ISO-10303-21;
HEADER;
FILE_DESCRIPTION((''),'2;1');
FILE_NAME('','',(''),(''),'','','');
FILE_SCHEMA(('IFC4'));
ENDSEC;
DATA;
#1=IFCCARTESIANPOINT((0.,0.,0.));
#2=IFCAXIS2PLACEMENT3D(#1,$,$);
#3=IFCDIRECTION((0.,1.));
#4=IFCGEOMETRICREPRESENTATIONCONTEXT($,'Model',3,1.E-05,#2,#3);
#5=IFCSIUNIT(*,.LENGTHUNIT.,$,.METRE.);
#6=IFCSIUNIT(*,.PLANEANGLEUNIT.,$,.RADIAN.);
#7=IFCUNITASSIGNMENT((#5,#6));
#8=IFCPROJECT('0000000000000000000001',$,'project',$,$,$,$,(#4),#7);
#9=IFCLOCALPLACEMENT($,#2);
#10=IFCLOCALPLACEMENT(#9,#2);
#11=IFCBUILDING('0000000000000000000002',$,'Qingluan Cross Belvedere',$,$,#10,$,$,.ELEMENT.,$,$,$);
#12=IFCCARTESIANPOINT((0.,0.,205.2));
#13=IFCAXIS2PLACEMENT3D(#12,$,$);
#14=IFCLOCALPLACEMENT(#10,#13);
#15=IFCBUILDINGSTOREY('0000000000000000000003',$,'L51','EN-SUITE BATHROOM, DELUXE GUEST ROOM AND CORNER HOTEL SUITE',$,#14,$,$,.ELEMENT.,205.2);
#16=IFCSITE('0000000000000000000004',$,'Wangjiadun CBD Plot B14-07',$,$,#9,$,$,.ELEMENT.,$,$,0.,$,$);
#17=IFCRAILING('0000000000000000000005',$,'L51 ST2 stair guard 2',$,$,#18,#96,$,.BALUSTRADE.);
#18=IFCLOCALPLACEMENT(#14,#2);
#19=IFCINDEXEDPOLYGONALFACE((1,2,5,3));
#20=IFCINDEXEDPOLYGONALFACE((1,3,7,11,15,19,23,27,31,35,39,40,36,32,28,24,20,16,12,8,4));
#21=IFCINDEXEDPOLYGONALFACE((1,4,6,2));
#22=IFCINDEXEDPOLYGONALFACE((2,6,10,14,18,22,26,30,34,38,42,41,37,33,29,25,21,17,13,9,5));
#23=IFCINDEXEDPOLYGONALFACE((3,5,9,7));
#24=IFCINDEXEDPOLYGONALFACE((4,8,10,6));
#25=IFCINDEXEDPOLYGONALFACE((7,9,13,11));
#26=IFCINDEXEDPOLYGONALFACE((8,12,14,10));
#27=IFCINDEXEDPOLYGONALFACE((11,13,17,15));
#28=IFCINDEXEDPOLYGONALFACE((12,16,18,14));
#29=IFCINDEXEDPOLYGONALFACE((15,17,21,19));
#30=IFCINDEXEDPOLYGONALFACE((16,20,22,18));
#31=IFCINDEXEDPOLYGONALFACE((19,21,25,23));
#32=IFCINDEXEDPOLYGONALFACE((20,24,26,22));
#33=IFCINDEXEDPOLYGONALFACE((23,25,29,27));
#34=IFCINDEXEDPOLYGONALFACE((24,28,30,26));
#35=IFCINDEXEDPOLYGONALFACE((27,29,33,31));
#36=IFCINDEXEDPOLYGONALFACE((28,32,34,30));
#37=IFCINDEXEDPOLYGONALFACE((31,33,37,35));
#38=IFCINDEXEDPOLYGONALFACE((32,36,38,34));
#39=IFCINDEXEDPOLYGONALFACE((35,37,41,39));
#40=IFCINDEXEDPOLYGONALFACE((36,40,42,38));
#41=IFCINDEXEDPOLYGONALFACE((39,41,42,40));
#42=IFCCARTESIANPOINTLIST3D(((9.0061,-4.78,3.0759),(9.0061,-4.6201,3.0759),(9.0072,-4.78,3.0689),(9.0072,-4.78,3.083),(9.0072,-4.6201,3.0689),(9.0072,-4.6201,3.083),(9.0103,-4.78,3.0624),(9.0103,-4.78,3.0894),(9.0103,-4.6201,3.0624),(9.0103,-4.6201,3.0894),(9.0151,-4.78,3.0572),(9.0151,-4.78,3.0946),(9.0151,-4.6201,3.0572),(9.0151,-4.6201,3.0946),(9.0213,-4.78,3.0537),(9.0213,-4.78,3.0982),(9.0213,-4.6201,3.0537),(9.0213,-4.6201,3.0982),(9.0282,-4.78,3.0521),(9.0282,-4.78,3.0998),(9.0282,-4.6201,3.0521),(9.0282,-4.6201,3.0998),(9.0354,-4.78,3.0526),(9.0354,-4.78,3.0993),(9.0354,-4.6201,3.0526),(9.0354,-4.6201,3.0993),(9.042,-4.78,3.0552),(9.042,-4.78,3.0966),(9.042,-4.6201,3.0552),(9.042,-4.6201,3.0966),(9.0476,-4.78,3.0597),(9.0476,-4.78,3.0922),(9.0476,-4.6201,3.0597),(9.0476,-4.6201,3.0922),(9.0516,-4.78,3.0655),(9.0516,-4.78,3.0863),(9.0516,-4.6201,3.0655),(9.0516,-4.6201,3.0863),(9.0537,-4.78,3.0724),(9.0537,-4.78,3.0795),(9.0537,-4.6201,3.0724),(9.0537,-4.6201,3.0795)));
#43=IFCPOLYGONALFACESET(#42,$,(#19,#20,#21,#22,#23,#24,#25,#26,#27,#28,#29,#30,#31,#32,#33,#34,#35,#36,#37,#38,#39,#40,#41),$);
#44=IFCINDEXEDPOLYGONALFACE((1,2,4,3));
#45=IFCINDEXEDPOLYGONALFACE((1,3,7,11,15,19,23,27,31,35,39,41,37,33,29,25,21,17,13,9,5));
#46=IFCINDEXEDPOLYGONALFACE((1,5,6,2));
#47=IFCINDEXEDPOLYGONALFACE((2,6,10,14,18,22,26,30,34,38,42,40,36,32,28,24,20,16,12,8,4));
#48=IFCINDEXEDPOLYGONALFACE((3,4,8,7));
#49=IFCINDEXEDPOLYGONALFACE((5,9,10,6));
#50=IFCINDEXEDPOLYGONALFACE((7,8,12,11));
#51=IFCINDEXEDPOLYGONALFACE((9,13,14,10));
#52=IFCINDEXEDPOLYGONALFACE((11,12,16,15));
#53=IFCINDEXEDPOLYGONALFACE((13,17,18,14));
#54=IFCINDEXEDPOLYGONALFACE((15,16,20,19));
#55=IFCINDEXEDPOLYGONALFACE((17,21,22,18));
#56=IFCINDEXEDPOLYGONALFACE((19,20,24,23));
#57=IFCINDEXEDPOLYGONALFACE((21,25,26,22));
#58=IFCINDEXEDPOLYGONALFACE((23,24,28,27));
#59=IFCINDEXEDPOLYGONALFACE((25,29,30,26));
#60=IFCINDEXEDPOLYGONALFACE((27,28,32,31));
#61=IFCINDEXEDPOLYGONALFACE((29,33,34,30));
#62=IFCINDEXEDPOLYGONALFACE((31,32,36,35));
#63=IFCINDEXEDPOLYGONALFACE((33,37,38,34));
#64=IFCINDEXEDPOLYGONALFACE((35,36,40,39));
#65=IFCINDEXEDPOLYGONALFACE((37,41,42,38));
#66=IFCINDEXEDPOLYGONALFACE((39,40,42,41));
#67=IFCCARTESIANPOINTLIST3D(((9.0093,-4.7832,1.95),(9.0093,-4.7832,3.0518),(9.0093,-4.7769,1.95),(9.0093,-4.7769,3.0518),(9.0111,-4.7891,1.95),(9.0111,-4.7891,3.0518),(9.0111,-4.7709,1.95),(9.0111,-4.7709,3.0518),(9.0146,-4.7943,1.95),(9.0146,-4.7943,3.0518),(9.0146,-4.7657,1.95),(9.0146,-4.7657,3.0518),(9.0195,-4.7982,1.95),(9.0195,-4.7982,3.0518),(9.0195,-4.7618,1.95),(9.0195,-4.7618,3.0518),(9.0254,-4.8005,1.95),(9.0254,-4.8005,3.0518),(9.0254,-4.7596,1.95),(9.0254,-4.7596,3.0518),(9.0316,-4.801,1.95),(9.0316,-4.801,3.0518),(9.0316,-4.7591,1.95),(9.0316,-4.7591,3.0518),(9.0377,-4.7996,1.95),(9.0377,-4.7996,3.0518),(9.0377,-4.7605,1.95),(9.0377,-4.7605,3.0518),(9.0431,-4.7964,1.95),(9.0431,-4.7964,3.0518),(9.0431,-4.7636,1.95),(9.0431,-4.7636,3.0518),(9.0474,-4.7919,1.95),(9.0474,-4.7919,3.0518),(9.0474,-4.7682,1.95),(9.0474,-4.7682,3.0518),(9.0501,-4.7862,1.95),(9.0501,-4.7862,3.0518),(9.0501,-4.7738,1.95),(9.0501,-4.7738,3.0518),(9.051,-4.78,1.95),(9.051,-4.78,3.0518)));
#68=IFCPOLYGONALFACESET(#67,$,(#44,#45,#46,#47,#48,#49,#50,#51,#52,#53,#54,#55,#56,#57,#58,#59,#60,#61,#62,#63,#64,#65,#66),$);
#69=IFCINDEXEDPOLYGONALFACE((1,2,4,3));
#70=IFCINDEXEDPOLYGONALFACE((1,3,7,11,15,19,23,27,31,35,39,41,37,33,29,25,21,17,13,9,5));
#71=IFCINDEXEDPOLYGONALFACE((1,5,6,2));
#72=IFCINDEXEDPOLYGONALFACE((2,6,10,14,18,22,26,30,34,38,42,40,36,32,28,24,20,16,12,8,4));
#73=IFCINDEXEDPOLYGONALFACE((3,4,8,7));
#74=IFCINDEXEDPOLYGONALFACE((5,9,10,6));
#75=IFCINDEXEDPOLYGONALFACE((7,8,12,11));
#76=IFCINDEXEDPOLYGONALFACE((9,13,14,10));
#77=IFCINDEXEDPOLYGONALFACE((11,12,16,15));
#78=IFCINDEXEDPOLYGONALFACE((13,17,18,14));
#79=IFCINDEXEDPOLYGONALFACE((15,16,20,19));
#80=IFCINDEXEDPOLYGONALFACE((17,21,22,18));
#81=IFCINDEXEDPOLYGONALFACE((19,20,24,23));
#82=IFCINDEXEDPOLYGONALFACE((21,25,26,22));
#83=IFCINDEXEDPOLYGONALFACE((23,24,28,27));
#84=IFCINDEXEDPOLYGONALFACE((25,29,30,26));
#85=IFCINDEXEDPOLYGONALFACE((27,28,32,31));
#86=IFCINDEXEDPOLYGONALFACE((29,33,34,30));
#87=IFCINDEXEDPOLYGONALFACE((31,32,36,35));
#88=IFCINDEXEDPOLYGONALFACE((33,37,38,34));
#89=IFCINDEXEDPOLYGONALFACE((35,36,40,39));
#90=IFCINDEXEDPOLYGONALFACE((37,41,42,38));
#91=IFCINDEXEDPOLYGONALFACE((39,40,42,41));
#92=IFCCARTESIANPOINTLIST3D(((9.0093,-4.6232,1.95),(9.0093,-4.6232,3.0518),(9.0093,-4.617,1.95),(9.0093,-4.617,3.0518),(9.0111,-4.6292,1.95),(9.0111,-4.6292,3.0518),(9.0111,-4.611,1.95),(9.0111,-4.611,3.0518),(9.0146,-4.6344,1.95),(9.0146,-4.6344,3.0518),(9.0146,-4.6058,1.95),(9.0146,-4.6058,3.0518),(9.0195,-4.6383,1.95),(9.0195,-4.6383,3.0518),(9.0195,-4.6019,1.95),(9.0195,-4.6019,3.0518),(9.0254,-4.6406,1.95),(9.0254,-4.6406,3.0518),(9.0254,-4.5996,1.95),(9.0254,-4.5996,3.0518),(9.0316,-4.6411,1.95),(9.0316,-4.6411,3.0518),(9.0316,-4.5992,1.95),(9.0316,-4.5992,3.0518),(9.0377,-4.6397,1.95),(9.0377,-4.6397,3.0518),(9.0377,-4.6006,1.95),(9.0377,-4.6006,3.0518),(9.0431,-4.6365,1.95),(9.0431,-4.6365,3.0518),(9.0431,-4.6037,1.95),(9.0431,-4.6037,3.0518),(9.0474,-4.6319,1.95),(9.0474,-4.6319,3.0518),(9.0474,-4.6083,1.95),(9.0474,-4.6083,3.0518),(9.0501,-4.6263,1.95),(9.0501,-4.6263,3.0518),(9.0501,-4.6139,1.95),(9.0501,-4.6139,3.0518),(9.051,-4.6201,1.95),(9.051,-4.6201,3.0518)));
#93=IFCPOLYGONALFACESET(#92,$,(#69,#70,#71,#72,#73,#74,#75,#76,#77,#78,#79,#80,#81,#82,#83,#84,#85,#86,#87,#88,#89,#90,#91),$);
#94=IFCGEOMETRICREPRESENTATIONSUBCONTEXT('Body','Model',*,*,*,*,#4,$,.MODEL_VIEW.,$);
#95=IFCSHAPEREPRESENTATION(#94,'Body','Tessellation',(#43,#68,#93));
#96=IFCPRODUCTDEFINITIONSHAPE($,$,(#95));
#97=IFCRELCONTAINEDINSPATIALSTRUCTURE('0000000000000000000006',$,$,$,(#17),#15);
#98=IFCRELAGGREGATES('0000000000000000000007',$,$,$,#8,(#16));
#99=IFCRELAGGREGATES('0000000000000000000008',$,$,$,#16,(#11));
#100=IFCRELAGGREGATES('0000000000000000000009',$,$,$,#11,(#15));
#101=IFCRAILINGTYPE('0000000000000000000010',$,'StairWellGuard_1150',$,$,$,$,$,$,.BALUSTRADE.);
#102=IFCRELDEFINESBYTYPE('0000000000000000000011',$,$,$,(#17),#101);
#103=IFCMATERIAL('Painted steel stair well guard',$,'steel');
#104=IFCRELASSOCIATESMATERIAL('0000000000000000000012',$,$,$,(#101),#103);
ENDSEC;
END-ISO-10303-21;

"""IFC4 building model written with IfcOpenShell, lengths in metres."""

from ifc_helpers import new_model, si_unit, direction, frame, origin, origin_2d, place, context, subcontext, project, spatial, circle, extrude, material, type_object, element, save


model = new_model("IFC4")

# Units and contexts
model_context = context("Model", 3, precision=1e-05, world=origin(), true_north=direction((0.0, 1.0)))
body_context = subcontext(model_context, "Body", "Model", "MODEL_VIEW")
ifc_project = project(units=[si_unit("LENGTHUNIT", "METRE"), si_unit("PLANEANGLEUNIT", "RADIAN")], contexts=[model_context])

# Site, building, storey
site_placement = place(None, origin())
site = spatial("IfcSite", under=ifc_project, at=site_placement, Name="Wangjiadun CBD Plot B14-07", CompositionType="ELEMENT", RefElevation=0.0)
building_placement = place(site_placement, origin())
building = spatial("IfcBuilding", under=site, at=building_placement, Name="Qingluan Cross Belvedere", CompositionType="ELEMENT")
storey_placement = place(building_placement, frame((0.0, 0.0, 205.2)))
storey = spatial("IfcBuildingStorey", under=building, at=storey_placement, Name="L51", Description="EN-SUITE BATHROOM, DELUXE GUEST ROOM AND CORNER HOTEL SUITE", CompositionType="ELEMENT", Elevation=205.2)

# Railing
ifc_material_1 = material(Name="Painted steel stair well guard", Category="steel")
railing_type_1 = type_object("IfcRailingType", Name="StairWellGuard_1150", PredefinedType="BALUSTRADE", material=ifc_material_1)
railing_1_placement = place(storey_placement, frame((9.03, -4.78, 1.95)))
element("IfcRailing", 1, at=railing_1_placement, inside=storey, type_object=railing_type_1, Name="L51 ST2 stair guard 2", PredefinedType="BALUSTRADE", context=body_context, shape_type="SweptSolid", body=[
    extrude(circle(Radius=0.0239, at=origin_2d()), frame((0.0, 0.0, 1.126), z_axis=(0.0, 1.0, 0.0), x_axis=(-1.0, 0.0, 0.0)), (0.0, 0.0, 1.0), 0.1599),
    extrude(circle(Radius=0.021, at=origin_2d()), origin(), (0.0, 0.0, 1.0), 1.1018),
    extrude(circle(Radius=0.021, at=origin_2d()), frame((0.0, 0.1599, 0.0)), (0.0, 0.0, 1.0), 1.1018),
])

save(model, "model.ifc")
